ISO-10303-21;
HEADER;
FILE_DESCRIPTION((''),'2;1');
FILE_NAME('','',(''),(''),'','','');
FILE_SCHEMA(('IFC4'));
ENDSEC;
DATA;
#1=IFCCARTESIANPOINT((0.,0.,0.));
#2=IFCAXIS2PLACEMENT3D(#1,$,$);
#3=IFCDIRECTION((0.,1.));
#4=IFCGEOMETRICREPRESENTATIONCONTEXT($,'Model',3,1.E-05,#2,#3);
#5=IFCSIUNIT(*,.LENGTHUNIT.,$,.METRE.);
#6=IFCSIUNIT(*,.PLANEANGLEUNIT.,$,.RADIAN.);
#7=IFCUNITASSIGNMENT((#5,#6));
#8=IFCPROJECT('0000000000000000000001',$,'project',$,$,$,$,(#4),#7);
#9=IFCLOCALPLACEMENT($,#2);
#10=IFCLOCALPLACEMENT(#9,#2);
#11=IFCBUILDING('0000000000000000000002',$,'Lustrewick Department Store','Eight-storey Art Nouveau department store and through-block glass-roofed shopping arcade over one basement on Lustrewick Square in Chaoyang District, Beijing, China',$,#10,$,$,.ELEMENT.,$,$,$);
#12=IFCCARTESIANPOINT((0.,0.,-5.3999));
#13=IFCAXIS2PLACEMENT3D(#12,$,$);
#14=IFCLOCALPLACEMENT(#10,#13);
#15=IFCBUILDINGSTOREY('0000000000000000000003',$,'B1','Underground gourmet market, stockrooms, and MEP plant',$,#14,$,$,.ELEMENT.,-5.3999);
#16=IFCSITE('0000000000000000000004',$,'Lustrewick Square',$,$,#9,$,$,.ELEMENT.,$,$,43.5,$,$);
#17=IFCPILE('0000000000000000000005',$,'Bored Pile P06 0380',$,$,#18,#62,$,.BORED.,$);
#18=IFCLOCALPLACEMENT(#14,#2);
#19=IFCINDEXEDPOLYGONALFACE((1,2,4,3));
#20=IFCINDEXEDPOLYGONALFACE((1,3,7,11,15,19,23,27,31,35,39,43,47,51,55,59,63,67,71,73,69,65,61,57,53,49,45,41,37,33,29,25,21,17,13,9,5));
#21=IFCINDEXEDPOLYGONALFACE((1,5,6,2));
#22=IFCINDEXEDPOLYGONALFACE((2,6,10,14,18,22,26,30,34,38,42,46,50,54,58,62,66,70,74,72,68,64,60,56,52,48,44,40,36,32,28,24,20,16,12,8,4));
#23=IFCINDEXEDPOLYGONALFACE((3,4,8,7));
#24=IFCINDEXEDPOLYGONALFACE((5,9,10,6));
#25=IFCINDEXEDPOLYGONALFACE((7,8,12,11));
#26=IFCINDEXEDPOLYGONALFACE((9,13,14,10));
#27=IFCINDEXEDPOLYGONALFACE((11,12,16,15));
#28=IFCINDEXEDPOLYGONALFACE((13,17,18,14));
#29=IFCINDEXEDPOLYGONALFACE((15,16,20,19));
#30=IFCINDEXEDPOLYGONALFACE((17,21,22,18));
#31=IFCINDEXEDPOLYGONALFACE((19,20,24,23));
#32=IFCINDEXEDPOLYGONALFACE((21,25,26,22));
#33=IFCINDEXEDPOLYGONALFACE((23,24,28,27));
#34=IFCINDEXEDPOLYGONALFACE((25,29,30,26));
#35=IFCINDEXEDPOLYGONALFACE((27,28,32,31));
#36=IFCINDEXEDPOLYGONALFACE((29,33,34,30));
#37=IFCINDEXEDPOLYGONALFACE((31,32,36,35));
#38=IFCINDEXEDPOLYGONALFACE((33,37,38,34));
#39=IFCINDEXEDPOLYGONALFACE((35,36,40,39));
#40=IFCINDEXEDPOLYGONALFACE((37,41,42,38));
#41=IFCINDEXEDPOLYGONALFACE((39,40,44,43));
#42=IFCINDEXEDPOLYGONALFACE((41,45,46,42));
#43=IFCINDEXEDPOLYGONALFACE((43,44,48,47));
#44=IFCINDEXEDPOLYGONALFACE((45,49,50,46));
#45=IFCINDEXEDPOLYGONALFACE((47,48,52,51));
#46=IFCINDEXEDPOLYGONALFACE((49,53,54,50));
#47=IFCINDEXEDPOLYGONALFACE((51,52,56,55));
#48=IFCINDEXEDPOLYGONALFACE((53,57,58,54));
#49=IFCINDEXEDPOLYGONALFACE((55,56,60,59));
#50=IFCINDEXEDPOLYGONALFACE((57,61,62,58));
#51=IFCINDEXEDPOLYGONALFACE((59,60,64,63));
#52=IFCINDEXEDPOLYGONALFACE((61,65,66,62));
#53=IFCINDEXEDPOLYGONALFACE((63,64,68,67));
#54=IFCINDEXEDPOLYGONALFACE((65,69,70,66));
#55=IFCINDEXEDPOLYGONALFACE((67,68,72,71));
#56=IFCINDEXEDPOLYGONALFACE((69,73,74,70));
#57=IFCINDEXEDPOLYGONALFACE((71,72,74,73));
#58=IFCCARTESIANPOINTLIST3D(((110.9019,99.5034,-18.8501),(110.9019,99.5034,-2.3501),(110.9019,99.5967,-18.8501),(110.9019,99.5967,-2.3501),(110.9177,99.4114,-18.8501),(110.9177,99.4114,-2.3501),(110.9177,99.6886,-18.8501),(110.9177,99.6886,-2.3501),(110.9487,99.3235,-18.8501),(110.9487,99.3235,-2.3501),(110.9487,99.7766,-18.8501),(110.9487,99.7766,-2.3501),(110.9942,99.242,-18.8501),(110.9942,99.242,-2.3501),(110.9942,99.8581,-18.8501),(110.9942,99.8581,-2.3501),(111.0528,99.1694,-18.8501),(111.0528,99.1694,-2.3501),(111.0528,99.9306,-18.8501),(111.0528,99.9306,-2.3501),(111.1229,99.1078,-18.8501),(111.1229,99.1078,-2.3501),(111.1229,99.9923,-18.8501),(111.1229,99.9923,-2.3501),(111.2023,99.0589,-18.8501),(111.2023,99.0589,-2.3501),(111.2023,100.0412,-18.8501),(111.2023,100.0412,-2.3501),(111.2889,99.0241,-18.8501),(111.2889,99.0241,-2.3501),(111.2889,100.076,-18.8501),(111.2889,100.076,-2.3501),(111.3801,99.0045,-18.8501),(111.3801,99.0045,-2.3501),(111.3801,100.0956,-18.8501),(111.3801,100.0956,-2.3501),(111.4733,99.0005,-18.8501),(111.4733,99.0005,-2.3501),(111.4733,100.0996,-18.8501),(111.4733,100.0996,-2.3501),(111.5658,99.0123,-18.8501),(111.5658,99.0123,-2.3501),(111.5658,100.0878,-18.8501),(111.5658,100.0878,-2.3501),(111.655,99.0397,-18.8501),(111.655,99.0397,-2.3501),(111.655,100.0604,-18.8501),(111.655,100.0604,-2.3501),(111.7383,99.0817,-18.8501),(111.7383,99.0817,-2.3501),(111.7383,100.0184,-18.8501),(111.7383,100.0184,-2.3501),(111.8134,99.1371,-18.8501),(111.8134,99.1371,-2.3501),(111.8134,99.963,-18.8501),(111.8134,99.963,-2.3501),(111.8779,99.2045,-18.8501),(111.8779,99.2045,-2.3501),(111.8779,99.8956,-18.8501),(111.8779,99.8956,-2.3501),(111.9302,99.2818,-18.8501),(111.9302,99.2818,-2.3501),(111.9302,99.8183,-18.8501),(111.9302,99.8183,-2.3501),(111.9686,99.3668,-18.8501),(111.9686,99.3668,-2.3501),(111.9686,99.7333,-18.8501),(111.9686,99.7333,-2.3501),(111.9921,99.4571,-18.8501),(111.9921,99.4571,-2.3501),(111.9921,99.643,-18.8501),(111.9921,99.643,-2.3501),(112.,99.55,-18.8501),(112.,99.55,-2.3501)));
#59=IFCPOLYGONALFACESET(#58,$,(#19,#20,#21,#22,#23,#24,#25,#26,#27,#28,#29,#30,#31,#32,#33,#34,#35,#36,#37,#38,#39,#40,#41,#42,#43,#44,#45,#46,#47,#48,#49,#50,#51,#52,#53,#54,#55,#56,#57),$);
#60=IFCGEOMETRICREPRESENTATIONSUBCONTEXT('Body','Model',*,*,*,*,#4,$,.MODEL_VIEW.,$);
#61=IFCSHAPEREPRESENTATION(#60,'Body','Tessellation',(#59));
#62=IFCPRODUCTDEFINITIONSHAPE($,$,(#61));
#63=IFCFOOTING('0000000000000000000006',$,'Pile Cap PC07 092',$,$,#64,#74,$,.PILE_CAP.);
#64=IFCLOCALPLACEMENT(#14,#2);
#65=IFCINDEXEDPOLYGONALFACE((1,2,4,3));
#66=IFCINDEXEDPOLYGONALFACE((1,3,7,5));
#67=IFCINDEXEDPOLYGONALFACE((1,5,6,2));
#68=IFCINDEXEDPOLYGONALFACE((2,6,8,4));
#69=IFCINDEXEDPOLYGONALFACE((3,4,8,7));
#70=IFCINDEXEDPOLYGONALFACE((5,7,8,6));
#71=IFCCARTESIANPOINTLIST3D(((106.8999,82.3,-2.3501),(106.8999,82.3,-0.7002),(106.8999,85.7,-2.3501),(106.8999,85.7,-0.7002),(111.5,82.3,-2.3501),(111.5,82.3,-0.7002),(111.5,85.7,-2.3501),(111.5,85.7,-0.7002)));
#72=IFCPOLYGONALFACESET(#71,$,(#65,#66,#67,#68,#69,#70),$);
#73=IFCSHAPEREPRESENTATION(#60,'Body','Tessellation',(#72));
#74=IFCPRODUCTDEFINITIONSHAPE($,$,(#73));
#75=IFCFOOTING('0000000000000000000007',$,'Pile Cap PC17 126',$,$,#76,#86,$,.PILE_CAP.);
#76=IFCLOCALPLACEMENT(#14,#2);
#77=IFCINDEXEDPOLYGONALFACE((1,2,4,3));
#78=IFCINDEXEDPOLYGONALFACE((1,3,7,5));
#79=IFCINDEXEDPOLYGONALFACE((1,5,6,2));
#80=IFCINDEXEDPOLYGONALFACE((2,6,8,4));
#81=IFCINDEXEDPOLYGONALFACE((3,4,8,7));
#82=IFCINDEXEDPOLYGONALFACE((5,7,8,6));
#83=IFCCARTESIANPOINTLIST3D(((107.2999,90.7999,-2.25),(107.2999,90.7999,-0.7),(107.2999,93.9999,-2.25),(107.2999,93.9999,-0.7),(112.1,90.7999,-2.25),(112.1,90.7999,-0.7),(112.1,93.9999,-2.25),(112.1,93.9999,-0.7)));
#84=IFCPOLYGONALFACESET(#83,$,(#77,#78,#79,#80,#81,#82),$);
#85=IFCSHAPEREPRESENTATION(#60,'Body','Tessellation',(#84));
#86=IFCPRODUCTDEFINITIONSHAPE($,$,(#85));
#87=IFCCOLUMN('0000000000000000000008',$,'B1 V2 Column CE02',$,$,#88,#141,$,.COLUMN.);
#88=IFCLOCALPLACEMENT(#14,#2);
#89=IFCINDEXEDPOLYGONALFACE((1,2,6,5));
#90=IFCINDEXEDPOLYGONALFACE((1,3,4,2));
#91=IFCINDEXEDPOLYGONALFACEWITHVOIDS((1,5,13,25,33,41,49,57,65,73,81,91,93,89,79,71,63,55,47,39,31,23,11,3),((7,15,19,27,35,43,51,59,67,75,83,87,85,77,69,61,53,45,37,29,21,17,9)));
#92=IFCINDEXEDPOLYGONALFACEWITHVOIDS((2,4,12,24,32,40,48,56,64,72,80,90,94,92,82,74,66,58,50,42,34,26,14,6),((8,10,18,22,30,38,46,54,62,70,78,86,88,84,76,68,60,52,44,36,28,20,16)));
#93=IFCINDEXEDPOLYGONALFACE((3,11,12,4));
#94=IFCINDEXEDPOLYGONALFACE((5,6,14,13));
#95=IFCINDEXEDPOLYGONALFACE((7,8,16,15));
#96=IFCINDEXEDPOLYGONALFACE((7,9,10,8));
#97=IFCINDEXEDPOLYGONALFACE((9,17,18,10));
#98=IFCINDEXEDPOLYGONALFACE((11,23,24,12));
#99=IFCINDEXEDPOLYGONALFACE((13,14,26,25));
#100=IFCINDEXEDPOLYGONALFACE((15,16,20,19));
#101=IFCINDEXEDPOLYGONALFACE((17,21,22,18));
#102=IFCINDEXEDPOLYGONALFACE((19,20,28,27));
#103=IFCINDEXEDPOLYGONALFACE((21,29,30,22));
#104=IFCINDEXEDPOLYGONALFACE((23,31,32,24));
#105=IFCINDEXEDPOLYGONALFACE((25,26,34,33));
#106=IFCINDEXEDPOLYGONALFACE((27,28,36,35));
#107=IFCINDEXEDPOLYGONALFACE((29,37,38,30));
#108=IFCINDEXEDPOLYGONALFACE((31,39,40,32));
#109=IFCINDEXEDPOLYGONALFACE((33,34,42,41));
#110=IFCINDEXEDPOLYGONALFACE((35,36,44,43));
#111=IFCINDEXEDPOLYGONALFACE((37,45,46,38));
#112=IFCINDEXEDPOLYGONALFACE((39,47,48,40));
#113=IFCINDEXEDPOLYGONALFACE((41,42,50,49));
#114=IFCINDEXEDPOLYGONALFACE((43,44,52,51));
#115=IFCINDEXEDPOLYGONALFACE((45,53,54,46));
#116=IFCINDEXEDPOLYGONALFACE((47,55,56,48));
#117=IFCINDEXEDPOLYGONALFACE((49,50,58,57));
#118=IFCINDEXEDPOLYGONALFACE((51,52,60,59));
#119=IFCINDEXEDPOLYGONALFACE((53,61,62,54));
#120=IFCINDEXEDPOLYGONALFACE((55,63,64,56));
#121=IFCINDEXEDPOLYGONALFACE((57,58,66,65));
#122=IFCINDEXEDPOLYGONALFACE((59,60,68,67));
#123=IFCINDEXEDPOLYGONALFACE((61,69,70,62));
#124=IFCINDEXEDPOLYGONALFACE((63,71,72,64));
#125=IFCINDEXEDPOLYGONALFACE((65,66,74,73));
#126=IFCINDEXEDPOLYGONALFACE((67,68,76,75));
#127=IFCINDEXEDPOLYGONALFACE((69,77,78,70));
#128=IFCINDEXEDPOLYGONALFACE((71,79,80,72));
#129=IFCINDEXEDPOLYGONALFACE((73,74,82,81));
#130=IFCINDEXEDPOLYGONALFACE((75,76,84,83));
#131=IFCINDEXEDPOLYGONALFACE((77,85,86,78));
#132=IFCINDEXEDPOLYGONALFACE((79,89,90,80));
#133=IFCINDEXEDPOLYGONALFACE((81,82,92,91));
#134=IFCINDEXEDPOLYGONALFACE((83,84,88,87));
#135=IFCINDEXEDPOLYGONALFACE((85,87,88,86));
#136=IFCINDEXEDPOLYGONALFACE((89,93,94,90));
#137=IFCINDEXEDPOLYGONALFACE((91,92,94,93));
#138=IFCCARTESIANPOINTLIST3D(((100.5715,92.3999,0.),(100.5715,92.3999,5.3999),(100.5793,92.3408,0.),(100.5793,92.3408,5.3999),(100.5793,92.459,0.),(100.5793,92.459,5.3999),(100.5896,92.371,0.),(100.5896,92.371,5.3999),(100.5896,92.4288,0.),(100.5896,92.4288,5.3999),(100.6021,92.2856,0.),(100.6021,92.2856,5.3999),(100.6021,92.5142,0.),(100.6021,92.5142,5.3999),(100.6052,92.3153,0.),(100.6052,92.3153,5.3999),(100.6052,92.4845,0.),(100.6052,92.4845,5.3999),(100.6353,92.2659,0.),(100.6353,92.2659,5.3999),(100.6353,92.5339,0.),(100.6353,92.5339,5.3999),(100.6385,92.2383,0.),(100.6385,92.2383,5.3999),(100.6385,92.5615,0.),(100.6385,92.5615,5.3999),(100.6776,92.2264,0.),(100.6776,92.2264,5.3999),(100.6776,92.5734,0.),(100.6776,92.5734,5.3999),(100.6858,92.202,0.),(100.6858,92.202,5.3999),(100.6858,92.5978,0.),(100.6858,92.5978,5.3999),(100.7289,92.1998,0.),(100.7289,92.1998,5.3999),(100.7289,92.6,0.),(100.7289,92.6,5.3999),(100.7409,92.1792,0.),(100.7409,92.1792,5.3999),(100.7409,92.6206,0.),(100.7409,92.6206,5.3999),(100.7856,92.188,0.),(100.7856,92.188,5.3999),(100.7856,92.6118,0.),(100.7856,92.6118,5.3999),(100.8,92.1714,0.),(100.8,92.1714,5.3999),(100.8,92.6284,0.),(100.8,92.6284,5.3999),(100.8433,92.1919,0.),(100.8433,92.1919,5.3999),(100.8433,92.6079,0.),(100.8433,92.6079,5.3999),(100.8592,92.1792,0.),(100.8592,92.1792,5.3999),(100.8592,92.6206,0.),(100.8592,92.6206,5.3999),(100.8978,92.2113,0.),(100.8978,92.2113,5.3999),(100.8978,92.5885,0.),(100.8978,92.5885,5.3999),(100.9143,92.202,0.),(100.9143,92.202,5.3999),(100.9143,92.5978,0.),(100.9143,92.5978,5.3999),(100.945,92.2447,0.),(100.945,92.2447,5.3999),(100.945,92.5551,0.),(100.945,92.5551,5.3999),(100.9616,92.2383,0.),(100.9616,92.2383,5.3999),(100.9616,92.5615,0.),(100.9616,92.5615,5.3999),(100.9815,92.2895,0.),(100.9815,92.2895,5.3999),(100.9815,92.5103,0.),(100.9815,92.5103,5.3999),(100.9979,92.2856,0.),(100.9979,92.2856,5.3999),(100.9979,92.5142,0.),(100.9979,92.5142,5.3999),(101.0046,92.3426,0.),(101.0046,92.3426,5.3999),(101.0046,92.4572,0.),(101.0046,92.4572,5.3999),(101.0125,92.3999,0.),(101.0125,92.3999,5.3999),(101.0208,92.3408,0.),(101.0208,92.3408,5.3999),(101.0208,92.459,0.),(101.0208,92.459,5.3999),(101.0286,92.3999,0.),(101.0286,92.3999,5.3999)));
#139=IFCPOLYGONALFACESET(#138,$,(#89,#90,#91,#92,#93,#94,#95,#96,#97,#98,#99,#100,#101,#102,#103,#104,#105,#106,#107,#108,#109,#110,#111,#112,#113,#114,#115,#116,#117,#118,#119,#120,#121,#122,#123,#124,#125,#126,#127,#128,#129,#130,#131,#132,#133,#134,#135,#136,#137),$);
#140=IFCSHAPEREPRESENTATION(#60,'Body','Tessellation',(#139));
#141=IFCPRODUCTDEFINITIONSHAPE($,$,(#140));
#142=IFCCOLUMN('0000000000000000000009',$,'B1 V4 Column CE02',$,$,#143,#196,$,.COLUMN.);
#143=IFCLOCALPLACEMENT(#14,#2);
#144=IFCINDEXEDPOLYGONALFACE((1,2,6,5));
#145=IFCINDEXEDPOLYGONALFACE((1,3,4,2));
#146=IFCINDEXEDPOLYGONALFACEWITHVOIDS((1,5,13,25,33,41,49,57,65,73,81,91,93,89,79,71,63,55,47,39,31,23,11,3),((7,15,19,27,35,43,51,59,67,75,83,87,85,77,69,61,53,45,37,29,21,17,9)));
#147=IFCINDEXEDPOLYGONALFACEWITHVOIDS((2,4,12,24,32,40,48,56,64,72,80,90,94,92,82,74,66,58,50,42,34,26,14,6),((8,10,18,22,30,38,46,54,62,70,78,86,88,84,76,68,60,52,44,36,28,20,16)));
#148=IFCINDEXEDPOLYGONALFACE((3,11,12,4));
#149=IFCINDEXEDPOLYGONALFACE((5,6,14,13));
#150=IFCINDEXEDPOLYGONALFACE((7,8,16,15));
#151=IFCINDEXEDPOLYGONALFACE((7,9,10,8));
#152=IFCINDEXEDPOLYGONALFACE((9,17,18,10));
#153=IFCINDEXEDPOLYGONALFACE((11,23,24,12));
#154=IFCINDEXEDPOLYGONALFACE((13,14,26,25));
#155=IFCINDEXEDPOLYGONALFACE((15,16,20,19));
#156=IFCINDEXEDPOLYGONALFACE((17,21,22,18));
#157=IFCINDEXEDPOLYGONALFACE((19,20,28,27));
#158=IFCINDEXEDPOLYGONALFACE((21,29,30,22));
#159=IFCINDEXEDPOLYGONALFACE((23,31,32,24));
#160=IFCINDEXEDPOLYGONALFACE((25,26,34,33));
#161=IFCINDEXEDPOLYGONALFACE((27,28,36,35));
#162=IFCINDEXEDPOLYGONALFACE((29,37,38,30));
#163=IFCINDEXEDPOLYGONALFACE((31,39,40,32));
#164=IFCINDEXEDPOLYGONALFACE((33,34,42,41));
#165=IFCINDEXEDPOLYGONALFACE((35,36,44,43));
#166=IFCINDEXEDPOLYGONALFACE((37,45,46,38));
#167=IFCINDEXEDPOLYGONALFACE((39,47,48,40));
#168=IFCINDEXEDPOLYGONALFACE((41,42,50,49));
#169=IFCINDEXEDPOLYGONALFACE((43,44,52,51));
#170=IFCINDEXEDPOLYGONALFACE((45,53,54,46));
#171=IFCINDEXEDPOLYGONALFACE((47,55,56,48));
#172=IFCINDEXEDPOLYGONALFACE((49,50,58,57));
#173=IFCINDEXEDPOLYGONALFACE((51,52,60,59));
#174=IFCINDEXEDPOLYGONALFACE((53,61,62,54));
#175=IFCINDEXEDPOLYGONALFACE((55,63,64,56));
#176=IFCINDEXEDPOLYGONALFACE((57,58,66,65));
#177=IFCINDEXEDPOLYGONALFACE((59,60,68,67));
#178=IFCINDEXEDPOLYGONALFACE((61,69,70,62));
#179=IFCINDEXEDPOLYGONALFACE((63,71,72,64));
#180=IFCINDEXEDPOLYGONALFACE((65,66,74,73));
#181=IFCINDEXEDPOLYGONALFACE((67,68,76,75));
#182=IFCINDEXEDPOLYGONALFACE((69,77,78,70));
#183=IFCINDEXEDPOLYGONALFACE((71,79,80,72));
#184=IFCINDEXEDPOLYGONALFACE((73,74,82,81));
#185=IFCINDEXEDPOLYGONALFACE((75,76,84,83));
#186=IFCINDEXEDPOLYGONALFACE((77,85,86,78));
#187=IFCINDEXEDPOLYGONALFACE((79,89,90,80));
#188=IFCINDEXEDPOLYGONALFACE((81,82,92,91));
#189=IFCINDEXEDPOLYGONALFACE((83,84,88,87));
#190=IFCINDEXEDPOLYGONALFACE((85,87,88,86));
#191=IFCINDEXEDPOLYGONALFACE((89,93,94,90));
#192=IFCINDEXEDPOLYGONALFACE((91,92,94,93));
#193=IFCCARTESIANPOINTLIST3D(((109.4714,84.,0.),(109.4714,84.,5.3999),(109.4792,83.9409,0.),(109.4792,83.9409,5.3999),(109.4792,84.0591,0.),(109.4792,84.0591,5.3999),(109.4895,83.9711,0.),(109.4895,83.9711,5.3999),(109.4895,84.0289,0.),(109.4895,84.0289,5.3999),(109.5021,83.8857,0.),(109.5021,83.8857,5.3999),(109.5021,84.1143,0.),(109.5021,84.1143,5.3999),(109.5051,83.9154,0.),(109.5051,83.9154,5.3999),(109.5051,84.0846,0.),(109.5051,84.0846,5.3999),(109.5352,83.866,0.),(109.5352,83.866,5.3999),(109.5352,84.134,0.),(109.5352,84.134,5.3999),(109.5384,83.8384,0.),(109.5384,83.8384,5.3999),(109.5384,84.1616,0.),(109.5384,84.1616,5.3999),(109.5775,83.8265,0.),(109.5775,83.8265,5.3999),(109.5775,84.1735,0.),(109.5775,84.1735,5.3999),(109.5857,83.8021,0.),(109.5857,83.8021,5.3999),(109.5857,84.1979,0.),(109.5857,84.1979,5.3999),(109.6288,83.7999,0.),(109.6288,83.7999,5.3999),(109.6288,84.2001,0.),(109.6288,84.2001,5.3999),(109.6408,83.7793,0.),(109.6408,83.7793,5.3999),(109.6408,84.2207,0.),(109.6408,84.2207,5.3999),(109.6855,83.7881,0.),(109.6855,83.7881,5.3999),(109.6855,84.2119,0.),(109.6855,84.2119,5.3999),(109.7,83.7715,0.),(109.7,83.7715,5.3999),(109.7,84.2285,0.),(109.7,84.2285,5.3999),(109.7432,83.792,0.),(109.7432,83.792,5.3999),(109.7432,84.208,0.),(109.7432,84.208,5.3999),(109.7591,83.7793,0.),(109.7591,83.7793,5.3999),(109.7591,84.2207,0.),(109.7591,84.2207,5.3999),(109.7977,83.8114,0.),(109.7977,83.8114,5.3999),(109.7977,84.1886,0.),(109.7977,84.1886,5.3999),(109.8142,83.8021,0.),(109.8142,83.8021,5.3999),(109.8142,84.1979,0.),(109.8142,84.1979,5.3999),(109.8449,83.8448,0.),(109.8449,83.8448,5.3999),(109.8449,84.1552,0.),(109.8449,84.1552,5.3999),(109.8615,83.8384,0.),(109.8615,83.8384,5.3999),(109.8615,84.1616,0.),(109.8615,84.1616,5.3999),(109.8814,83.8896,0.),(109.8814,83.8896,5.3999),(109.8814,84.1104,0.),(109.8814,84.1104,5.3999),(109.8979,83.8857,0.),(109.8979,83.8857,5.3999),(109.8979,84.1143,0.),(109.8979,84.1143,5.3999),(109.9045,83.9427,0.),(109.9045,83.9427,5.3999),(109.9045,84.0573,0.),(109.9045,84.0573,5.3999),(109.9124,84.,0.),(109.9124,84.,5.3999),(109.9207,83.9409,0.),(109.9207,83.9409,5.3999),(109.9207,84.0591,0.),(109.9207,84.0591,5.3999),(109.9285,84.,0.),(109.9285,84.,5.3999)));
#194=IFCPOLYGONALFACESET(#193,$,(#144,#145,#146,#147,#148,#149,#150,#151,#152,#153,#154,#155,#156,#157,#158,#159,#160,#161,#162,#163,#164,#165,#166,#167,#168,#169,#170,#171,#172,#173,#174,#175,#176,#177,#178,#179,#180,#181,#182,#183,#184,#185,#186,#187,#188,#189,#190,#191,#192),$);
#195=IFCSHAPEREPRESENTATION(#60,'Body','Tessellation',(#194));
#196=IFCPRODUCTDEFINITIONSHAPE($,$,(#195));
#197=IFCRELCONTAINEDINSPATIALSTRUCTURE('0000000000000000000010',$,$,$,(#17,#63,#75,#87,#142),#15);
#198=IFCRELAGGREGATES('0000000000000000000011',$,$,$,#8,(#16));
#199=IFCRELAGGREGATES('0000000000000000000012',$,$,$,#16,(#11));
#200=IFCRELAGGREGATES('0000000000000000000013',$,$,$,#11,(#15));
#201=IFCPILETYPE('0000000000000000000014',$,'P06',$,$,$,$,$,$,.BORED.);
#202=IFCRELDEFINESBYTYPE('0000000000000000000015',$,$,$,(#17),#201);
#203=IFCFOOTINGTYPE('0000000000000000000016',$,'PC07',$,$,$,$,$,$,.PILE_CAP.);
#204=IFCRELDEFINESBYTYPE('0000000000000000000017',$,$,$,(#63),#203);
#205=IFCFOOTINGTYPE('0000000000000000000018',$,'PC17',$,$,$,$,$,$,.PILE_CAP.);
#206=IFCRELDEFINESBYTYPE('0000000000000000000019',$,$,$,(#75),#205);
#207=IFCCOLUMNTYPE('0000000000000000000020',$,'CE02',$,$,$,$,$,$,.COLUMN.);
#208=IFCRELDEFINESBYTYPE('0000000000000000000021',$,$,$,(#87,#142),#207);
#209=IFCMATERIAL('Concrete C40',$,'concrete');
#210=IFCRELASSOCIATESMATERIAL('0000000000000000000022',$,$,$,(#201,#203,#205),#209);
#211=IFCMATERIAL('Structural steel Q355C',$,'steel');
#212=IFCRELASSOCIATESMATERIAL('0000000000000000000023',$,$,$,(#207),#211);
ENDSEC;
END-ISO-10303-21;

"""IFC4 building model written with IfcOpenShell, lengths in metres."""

from ifc_helpers import new_model, si_unit, direction, frame, origin, origin_2d, place, context, subcontext, project, spatial, rectangle, circle, hollow_circle, extrude, material, material_profile, profile_set, type_object, element, save


model = new_model("IFC4")

# Units and contexts
model_context = context("Model", 3, precision=1e-05, world=origin(), true_north=direction((0.0, 1.0)))
body_context = subcontext(model_context, "Body", "Model", "MODEL_VIEW")
ifc_project = project(units=[si_unit("LENGTHUNIT", "METRE"), si_unit("PLANEANGLEUNIT", "RADIAN")], contexts=[model_context])

# Site, building, storey
site_placement = place(None, origin())
site = spatial("IfcSite", under=ifc_project, at=site_placement, Name="Lustrewick Square", CompositionType="ELEMENT", RefElevation=43.5)
building_placement = place(site_placement, origin())
building = spatial("IfcBuilding", under=site, at=building_placement, Name="Lustrewick Department Store", Description="Eight-storey Art Nouveau department store and through-block glass-roofed shopping arcade over one basement on Lustrewick Square in Chaoyang District, Beijing, China", CompositionType="ELEMENT")
storey_placement = place(building_placement, frame((0.0, 0.0, -5.3999)))
storey = spatial("IfcBuildingStorey", under=building, at=storey_placement, Name="B1", Description="Underground gourmet market, stockrooms, and MEP plant", CompositionType="ELEMENT", Elevation=-5.3999)

# Pile
ifc_material_1 = material(Name="Concrete C40", Category="concrete")
ifc_material_profile_1 = material_profile(ifc_material_1, circle(Radius=0.55, at=origin_2d()), Name="PILE D1100")
ifc_profile_set_1 = profile_set([ifc_material_profile_1], Name="Concrete C40")
pile_type_1 = type_object("IfcPileType", Name="P06", PredefinedType="BORED", material=ifc_profile_set_1)
for number, where, z_axis, x_axis, name in (
    (1, (111.45, 99.55, -2.3501), (0.0, 0.0, -1.0), (1.0, 0.0, 0.0), "Bored Pile P06 0380"),
):
    element("IfcPile", number, at=place(storey_placement, frame(where, z_axis=z_axis, x_axis=x_axis)), inside=storey, type_object=pile_type_1, Name=name, PredefinedType="BORED", context=body_context, shape_type="SweptSolid", body=[
        extrude(circle(Radius=0.55, at=origin_2d()), origin(), (0.0, 0.0, 1.0), 16.5),
    ])

# Footings
footing_type_1 = type_object("IfcFootingType", Name="PC07", PredefinedType="PILE_CAP", material=ifc_material_1)
footing_1_placement = place(storey_placement, frame((109.2, 84.0, -2.3501), z_axis=(0.0, 0.0, 1.0), x_axis=(1.0, 0.0, 0.0)))
element("IfcFooting", 2, at=footing_1_placement, inside=storey, type_object=footing_type_1, Name="Pile Cap PC07 092", PredefinedType="PILE_CAP", context=body_context, shape_type="SweptSolid", body=[
    extrude(rectangle(XDim=4.6001, YDim=3.3999, at=origin_2d()), origin(), (0.0, 0.0, 1.0), 1.6499),
])
footing_type_2 = type_object("IfcFootingType", Name="PC17", PredefinedType="PILE_CAP", material=ifc_material_1)
footing_2_placement = place(storey_placement, frame((109.7, 92.3999, -2.25), z_axis=(0.0, 0.0, 1.0), x_axis=(1.0, 0.0, 0.0)))
element("IfcFooting", 3, at=footing_2_placement, inside=storey, type_object=footing_type_2, Name="Pile Cap PC17 126", PredefinedType="PILE_CAP", context=body_context, shape_type="SweptSolid", body=[
    extrude(rectangle(XDim=4.8, YDim=3.2, at=origin_2d()), origin(), (0.0, 0.0, 1.0), 1.55),
])

# Columns
ifc_material_2 = material(Name="Structural steel Q355C", Category="steel")
ifc_material_profile_2 = material_profile(ifc_material_2, hollow_circle(Radius=0.2285, WallThickness=0.0161, at=origin_2d()), Name="CHS 457x16")
ifc_profile_set_2 = profile_set([ifc_material_profile_2], Name="Structural steel Q355C")
column_type_1 = type_object("IfcColumnType", Name="CE02", PredefinedType="COLUMN", material=ifc_profile_set_2)
for number, where, z_axis, x_axis, name in (
    (4, (100.8, 92.3999, 0.0), (0.0, 0.0, 1.0), (1.0, 0.0, 0.0), "B1 V2 Column CE02"),
    (5, (109.7, 84.0, 0.0), (0.0, 0.0, 1.0), (1.0, 0.0, 0.0), "B1 V4 Column CE02"),
):
    element("IfcColumn", number, at=place(storey_placement, frame(where, z_axis=z_axis, x_axis=x_axis)), inside=storey, type_object=column_type_1, Name=name, PredefinedType="COLUMN", context=body_context, shape_type="SweptSolid", body=[
        extrude(hollow_circle(Radius=0.2285, WallThickness=0.0161, at=origin_2d()), origin(), (0.0, 0.0, 1.0), 5.3999),
    ])

save(model, "model.ifc")
